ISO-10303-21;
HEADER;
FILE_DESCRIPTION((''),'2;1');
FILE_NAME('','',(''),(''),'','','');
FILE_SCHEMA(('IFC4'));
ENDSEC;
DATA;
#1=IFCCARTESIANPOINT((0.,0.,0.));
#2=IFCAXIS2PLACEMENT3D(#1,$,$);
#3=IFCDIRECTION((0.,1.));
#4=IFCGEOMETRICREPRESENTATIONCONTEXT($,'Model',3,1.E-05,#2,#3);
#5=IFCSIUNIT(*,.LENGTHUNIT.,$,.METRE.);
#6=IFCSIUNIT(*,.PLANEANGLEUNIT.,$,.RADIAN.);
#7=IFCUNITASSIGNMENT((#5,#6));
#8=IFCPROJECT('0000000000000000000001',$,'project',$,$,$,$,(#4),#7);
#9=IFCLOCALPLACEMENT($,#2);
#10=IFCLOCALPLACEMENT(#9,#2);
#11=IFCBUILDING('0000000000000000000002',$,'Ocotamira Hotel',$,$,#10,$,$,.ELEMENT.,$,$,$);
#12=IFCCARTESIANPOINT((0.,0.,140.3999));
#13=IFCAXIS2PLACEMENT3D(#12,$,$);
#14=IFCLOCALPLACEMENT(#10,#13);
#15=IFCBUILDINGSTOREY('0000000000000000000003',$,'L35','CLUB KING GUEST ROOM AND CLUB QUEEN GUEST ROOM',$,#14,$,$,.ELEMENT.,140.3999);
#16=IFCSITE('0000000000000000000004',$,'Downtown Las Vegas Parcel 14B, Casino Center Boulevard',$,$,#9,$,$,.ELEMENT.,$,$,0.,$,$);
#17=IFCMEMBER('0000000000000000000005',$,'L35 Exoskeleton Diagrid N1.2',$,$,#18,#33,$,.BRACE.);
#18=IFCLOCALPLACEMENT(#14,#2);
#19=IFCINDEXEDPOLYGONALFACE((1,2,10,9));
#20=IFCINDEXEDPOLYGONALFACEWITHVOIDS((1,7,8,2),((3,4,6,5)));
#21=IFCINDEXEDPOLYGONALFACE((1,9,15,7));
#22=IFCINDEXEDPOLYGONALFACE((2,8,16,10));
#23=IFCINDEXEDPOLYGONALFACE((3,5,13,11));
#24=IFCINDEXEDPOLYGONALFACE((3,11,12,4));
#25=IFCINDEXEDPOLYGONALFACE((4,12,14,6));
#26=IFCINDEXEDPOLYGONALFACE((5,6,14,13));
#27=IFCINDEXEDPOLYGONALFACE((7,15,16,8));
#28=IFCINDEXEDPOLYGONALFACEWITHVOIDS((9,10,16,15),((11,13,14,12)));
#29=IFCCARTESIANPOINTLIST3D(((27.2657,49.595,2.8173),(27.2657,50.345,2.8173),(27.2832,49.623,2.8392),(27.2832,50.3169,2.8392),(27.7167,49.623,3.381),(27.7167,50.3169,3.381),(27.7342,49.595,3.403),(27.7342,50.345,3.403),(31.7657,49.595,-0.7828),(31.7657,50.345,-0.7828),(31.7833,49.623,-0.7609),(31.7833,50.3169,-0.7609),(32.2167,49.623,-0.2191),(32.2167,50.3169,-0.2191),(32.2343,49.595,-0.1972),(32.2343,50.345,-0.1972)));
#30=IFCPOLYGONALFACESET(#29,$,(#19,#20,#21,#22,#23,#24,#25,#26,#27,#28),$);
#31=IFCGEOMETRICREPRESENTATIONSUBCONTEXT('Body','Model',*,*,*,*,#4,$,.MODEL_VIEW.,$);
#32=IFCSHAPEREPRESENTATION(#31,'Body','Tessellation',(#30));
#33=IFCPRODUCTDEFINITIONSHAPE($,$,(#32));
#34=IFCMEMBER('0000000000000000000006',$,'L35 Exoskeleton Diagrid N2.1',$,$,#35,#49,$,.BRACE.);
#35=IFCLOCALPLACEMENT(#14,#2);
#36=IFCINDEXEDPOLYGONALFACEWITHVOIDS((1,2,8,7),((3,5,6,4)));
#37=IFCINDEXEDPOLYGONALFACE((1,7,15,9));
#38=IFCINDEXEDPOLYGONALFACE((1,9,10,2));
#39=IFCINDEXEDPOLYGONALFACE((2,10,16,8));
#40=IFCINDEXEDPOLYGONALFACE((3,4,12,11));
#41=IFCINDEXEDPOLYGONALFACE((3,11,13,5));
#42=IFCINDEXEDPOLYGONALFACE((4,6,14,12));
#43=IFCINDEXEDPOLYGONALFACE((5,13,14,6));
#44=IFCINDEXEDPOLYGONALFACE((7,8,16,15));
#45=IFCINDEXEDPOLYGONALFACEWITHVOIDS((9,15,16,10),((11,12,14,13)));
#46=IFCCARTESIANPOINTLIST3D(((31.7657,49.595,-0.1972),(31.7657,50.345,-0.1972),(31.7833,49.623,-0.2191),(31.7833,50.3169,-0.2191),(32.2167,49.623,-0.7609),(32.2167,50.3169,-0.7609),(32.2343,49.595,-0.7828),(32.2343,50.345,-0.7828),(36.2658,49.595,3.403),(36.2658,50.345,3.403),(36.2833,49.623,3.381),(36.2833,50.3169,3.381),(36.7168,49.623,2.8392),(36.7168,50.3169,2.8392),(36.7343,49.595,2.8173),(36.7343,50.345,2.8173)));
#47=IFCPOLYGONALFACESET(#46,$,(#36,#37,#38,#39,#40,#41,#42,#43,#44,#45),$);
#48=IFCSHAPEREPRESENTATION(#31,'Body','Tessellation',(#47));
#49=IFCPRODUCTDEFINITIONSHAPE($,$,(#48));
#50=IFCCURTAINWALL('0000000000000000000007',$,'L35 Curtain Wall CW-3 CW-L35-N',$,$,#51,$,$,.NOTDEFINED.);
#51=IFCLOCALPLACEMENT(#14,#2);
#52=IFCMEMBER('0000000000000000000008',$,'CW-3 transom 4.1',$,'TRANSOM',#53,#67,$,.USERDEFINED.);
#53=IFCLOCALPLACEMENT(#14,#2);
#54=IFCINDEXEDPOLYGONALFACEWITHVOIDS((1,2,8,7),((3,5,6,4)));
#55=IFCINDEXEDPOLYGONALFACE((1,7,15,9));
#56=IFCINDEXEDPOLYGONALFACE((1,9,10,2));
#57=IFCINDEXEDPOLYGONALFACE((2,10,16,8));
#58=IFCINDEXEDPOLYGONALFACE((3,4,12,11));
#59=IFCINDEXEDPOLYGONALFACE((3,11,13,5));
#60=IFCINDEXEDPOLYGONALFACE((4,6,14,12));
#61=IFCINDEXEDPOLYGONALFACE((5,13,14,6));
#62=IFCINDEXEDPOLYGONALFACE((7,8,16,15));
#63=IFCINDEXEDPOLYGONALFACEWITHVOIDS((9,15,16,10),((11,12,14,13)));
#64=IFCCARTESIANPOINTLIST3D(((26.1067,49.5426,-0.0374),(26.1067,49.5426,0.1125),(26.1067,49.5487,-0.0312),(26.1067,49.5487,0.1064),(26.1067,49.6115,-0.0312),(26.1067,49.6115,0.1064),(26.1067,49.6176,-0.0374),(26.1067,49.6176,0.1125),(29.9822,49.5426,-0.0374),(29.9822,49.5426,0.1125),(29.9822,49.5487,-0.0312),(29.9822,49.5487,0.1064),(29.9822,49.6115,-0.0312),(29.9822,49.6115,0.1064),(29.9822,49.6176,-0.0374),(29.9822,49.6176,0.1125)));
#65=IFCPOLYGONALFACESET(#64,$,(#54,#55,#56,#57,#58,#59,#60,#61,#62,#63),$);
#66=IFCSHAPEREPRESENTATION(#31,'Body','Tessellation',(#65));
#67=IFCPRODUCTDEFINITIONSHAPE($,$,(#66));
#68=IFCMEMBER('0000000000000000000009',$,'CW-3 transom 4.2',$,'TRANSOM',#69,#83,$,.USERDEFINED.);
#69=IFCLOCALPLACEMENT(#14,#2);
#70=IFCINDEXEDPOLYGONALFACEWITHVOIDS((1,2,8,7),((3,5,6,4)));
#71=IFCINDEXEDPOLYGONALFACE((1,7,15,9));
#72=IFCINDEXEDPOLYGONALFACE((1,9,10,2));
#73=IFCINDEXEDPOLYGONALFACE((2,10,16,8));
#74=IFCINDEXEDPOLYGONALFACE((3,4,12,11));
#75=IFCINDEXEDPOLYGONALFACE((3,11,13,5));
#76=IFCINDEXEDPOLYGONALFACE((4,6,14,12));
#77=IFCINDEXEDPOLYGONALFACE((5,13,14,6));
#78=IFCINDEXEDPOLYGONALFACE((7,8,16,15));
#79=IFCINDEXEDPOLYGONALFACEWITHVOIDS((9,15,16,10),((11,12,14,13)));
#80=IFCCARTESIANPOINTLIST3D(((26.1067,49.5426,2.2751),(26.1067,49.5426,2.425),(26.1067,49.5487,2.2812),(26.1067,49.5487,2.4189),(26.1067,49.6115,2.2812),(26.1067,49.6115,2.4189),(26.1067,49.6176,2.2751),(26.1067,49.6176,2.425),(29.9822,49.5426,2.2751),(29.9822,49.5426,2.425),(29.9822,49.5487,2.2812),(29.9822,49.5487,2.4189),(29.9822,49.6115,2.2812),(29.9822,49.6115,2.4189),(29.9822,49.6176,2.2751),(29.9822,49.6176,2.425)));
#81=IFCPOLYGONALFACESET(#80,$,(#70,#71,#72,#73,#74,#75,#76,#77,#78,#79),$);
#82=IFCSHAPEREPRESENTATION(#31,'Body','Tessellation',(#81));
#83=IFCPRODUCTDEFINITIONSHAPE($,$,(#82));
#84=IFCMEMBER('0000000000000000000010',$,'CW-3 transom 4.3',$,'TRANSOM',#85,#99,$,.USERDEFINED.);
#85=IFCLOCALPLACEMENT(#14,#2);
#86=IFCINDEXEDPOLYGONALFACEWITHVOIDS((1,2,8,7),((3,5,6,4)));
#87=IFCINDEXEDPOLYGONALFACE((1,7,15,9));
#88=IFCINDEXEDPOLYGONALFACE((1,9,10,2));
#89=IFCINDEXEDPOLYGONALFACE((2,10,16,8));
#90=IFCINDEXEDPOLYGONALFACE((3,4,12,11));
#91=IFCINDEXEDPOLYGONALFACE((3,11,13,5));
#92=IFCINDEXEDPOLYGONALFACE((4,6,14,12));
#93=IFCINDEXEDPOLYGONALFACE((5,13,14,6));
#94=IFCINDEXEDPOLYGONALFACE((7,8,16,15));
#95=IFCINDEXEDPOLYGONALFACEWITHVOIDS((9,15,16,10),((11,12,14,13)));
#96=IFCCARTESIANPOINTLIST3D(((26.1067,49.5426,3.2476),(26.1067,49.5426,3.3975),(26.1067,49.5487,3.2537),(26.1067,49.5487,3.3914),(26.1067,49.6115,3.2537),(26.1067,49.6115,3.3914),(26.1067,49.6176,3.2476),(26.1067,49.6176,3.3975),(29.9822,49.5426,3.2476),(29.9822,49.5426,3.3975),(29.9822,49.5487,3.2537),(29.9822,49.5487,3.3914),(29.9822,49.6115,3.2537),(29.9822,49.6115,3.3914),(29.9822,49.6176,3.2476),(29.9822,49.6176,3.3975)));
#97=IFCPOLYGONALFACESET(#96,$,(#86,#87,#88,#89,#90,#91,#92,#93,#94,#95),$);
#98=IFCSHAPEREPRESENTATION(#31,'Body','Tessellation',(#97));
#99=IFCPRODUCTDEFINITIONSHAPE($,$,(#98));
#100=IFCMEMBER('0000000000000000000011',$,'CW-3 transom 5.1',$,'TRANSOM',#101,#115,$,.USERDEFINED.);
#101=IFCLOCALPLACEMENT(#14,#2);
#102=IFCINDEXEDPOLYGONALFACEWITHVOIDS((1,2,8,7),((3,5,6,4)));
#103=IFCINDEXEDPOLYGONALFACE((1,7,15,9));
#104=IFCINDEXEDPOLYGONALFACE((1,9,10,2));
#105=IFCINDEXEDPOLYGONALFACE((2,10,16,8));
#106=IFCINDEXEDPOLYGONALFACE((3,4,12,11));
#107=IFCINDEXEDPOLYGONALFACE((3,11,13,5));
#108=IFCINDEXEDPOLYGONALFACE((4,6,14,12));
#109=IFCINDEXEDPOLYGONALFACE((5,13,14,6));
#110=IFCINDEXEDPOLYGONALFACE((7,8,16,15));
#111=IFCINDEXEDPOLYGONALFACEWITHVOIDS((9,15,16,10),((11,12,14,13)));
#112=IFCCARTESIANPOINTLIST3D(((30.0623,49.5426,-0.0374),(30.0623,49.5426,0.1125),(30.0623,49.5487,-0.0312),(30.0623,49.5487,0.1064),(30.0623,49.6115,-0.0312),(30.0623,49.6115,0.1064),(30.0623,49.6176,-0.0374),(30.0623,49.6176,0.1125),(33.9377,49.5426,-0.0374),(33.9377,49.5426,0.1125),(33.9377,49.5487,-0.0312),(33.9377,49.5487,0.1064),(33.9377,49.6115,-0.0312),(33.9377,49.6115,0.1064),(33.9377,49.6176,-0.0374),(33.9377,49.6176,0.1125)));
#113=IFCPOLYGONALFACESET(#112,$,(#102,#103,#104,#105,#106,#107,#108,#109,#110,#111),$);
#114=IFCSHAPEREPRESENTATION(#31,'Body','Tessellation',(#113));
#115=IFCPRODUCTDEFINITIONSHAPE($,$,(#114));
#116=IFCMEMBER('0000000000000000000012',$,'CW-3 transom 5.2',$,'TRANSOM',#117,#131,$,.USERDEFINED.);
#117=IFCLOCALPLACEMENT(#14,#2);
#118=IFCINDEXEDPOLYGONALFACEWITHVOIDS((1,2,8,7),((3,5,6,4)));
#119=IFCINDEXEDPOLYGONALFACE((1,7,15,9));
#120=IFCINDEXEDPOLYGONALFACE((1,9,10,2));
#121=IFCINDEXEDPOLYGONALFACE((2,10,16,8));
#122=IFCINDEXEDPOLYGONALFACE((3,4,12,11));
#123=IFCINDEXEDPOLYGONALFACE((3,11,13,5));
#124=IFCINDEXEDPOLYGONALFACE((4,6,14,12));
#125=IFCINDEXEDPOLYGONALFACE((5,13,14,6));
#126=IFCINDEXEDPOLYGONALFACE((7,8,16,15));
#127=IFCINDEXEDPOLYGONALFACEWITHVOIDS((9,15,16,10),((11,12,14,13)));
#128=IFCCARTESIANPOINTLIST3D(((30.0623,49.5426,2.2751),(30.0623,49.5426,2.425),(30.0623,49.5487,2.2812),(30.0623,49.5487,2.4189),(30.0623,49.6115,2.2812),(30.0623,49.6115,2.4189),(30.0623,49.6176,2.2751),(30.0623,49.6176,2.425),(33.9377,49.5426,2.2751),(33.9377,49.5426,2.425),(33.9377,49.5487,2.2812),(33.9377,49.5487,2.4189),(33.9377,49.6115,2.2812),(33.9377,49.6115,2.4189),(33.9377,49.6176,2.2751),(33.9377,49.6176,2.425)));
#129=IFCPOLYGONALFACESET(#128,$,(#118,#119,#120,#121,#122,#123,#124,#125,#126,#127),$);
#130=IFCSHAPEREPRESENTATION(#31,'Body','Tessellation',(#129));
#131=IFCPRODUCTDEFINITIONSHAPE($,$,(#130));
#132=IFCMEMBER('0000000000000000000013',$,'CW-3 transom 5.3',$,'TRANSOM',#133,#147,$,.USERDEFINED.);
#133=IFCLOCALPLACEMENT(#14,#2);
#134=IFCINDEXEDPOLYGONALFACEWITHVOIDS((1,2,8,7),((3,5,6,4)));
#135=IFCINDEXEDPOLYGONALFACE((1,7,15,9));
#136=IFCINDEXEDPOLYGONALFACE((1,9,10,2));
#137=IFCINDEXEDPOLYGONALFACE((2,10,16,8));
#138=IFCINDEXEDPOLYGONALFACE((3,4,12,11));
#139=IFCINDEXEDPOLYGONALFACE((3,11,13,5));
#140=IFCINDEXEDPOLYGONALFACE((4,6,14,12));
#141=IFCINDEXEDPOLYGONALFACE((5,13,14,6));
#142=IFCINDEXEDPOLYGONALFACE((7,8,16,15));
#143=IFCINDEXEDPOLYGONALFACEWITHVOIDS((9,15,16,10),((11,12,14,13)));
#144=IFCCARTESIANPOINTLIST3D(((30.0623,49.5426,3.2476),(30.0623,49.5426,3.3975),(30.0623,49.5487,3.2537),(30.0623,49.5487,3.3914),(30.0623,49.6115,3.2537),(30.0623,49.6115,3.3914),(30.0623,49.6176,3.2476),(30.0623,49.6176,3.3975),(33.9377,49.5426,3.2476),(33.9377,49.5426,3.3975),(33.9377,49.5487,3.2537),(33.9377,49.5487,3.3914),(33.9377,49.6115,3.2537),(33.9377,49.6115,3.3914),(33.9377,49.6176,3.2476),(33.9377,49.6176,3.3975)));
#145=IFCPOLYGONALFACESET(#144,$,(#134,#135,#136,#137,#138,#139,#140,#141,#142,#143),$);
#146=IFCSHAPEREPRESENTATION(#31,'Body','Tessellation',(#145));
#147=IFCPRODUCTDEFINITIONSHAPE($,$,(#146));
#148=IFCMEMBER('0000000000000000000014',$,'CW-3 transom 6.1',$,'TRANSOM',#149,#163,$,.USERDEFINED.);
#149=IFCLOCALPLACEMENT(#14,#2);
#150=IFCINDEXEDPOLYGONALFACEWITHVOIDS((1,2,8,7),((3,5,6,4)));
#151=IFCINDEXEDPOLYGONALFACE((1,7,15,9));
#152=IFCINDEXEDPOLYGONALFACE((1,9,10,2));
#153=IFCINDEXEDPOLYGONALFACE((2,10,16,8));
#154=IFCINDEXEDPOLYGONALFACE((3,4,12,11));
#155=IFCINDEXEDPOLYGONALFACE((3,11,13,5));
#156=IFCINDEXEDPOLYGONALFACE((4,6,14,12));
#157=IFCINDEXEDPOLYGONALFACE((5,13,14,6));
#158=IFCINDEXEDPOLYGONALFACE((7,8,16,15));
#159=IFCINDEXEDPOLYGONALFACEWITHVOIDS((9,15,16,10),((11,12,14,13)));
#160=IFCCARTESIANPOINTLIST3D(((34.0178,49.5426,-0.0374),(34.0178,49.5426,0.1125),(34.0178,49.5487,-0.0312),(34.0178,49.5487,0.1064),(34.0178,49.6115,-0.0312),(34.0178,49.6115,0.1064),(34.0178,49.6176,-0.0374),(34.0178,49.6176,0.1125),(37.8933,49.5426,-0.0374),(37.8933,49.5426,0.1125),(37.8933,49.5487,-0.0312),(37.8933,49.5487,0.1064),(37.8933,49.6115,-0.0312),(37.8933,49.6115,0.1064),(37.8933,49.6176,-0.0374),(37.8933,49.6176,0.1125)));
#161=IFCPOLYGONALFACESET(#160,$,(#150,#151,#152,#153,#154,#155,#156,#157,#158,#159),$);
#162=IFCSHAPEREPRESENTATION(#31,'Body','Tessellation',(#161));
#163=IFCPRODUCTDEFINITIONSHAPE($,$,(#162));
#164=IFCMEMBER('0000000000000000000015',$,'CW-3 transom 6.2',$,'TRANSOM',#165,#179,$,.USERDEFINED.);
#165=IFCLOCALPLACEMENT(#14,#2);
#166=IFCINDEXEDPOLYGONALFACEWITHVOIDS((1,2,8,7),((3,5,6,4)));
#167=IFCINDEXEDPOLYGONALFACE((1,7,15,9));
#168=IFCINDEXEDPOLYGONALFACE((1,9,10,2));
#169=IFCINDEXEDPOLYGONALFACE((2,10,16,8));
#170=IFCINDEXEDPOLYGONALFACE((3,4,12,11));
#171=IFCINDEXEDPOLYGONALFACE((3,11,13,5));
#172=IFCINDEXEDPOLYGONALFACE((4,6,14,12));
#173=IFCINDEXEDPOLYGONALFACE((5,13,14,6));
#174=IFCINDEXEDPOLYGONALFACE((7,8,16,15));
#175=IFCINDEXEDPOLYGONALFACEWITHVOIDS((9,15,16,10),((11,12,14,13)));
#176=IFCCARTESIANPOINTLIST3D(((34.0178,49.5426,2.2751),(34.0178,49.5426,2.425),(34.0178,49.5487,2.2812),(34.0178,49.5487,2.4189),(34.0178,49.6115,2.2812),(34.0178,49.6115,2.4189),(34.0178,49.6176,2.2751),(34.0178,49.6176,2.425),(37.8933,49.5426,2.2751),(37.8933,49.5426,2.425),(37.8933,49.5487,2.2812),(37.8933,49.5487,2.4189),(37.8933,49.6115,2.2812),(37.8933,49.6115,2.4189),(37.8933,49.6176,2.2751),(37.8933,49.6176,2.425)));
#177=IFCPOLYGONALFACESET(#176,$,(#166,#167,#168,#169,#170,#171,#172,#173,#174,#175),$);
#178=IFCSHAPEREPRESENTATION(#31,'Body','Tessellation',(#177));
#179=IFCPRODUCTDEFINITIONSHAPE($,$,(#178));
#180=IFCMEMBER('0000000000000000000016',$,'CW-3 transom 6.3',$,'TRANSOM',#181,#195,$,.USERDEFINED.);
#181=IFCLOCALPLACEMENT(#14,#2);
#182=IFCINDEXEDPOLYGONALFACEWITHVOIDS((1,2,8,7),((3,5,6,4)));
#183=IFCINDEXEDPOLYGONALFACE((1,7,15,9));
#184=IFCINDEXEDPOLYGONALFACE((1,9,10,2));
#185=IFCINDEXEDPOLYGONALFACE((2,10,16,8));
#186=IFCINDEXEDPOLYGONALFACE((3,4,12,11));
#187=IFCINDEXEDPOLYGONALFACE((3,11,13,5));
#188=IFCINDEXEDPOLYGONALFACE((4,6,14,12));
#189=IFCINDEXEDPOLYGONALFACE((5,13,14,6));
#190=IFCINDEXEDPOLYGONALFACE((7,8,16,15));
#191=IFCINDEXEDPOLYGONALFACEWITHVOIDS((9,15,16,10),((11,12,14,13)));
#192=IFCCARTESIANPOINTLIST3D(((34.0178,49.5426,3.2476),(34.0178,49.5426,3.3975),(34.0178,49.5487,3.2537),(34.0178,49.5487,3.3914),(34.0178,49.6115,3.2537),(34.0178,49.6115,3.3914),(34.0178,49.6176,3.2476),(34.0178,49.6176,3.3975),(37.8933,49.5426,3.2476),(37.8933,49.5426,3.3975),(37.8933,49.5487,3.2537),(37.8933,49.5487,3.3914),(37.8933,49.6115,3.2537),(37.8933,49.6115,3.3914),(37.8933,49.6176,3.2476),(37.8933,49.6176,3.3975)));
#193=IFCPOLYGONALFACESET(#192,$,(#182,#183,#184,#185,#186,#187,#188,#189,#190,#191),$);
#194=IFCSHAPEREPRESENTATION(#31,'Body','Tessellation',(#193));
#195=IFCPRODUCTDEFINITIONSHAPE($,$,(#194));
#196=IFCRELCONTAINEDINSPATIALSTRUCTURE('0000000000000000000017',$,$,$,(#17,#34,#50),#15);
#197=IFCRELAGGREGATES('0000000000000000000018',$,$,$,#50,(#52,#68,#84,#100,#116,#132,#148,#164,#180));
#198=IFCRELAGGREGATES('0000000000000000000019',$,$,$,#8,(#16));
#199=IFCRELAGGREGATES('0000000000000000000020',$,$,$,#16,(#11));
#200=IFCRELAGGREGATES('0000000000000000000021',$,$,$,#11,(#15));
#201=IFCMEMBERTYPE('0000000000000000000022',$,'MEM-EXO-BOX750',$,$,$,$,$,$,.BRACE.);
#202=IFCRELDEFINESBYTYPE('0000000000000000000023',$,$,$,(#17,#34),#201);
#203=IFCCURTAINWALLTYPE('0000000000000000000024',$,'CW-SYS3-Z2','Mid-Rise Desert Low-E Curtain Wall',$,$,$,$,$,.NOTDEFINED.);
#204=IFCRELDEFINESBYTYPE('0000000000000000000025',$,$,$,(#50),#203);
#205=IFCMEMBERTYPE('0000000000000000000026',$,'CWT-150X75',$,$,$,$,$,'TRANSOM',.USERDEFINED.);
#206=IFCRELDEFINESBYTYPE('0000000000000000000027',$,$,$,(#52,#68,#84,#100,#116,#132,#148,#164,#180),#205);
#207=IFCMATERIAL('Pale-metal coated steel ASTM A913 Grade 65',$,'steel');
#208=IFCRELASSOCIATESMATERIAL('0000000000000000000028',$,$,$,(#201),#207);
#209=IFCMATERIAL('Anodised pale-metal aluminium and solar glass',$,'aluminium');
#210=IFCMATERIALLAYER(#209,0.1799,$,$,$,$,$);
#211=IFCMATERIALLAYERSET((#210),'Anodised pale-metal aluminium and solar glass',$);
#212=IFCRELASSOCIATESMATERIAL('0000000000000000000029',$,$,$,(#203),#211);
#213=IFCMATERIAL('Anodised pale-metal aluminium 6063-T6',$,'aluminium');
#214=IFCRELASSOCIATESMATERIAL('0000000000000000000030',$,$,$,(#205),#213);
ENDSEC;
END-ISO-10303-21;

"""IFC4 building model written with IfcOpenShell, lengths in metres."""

from ifc_helpers import new_model, si_unit, direction, frame, origin, origin_2d, place, context, subcontext, project, spatial, hollow_rectangle, extrude, source, transform, mapped, material, layer, layer_set, material_profile, profile_set, type_object, element, aggregate, save


model = new_model("IFC4")

# Units and contexts
model_context = context("Model", 3, precision=1e-05, world=origin(), true_north=direction((0.0, 1.0)))
body_context = subcontext(model_context, "Body", "Model", "MODEL_VIEW")
ifc_project = project(units=[si_unit("LENGTHUNIT", "METRE"), si_unit("PLANEANGLEUNIT", "RADIAN")], contexts=[model_context])

# Site, building, storey
site_placement = place(None, origin())
site = spatial("IfcSite", under=ifc_project, at=site_placement, Name="Downtown Las Vegas Parcel 14B, Casino Center Boulevard", CompositionType="ELEMENT", RefElevation=0.0)
building_placement = place(site_placement, origin())
building = spatial("IfcBuilding", under=site, at=building_placement, Name="Ocotamira Hotel", CompositionType="ELEMENT")
storey_placement = place(building_placement, frame((0.0, 0.0, 140.3999)))
storey = spatial("IfcBuildingStorey", under=building, at=storey_placement, Name="L35", Description="CLUB KING GUEST ROOM AND CLUB QUEEN GUEST ROOM", CompositionType="ELEMENT", Elevation=140.3999)

# Members
ifc_material_1 = material(Name="Pale-metal coated steel ASTM A913 Grade 65", Category="steel")
ifc_material_profile_1 = material_profile(ifc_material_1, hollow_rectangle(XDim=0.75, YDim=0.75, WallThickness=0.0281, at=origin_2d()), Name="BOX750X750X28")
ifc_profile_set_1 = profile_set([ifc_material_profile_1], Name="Pale-metal coated steel ASTM A913 Grade 65")
member_type_1 = type_object("IfcMemberType", Name="MEM-EXO-BOX750", PredefinedType="BRACE", material=ifc_profile_set_1)
shared_shape_1 = source(origin(), body_context, "Body", "SweptSolid", [
    extrude(hollow_rectangle(XDim=0.75, YDim=0.75, WallThickness=0.0281, at=origin_2d()), origin(), (0.0, 0.0, 1.0), 5.7629),
])
for number, where, z_axis, x_axis, name in (
    (1, (32.0, 49.97, -0.49), (-0.780861, 0.0, 0.624705), (0.0, -1.0, 0.0), "L35 Exoskeleton Diagrid N1.2"),
    (2, (32.0, 49.97, -0.49), (0.780861, 0.0, 0.624705), (0.0, 1.0, 0.0), "L35 Exoskeleton Diagrid N2.1"),
):
    element("IfcMember", number, at=place(storey_placement, frame(where, z_axis=z_axis, x_axis=x_axis)), inside=storey, type_object=member_type_1, Name=name, PredefinedType="BRACE", context=body_context, shape_type="MappedRepresentation", body=[
        mapped(shared_shape_1, transform((0.0, 0.0, 0.0), scale=1.0)),
    ])

# Curtain wall, members
ifc_material_2 = material(Name="Anodised pale-metal aluminium and solar glass", Category="aluminium")
ifc_layer_1 = layer(ifc_material_2, 0.1799)
ifc_layer_set_1 = layer_set([ifc_layer_1], Name="Anodised pale-metal aluminium and solar glass")
curtain_wall_type = type_object("IfcCurtainWallType", Name="CW-SYS3-Z2", Description="Mid-Rise Desert Low-E Curtain Wall", PredefinedType="NOTDEFINED", material=ifc_layer_set_1)
curtain_wall_placement = place(storey_placement, origin())
curtain_wall = element("IfcCurtainWall", 3, at=curtain_wall_placement, inside=storey, type_object=curtain_wall_type, Name="L35 Curtain Wall CW-3 CW-L35-N", PredefinedType="NOTDEFINED")
ifc_material_3 = material(Name="Anodised pale-metal aluminium 6063-T6", Category="aluminium")
ifc_material_profile_2 = material_profile(ifc_material_3, hollow_rectangle(XDim=0.075, YDim=0.1499, WallThickness=0.0061, at=origin_2d()), Name="HSS150X75X6")
ifc_profile_set_2 = profile_set([ifc_material_profile_2], Name="Anodised pale-metal aluminium 6063-T6")
member_type_2 = type_object("IfcMemberType", Name="CWT-150X75", ElementType="TRANSOM", PredefinedType="USERDEFINED", material=ifc_profile_set_2)
shared_shape_2 = source(origin(), body_context, "Body", "SweptSolid", [
    extrude(hollow_rectangle(XDim=0.075, YDim=0.1499, WallThickness=0.0061, at=origin_2d()), origin(), (0.0, 0.0, 1.0), 3.8755),
])
member_1_placement = place(storey_placement, frame((26.1067, 49.5801, 0.0376), z_axis=(1.0, 0.0, 0.0), x_axis=(0.0, 1.0, 0.0)))
member_1 = element("IfcMember", 4, at=member_1_placement, type_object=member_type_2, Name="CW-3 transom 4.1", ObjectType="TRANSOM", PredefinedType="USERDEFINED", context=body_context, shape_type="MappedRepresentation", body=[
    mapped(shared_shape_2, transform((0.0, 0.0, 0.0), scale=1.0)),
])
member_2_placement = place(storey_placement, frame((26.1067, 49.5801, 2.3501), z_axis=(1.0, 0.0, 0.0), x_axis=(0.0, 1.0, 0.0)))
member_2 = element("IfcMember", 5, at=member_2_placement, type_object=member_type_2, Name="CW-3 transom 4.2", ObjectType="TRANSOM", PredefinedType="USERDEFINED", context=body_context, shape_type="MappedRepresentation", body=[
    mapped(shared_shape_2, transform((0.0, 0.0, 0.0), scale=1.0)),
])
member_3_placement = place(storey_placement, frame((26.1067, 49.5801, 3.3225), z_axis=(1.0, 0.0, 0.0), x_axis=(0.0, 1.0, 0.0)))
member_3 = element("IfcMember", 6, at=member_3_placement, type_object=member_type_2, Name="CW-3 transom 4.3", ObjectType="TRANSOM", PredefinedType="USERDEFINED", context=body_context, shape_type="MappedRepresentation", body=[
    mapped(shared_shape_2, transform((0.0, 0.0, 0.0), scale=1.0)),
])
member_4_placement = place(storey_placement, frame((30.0623, 49.5801, 0.0376), z_axis=(1.0, 0.0, 0.0), x_axis=(0.0, 1.0, 0.0)))
member_4 = element("IfcMember", 7, at=member_4_placement, type_object=member_type_2, Name="CW-3 transom 5.1", ObjectType="TRANSOM", PredefinedType="USERDEFINED", context=body_context, shape_type="MappedRepresentation", body=[
    mapped(shared_shape_2, transform((0.0, 0.0, 0.0), scale=1.0)),
])
member_5_placement = place(storey_placement, frame((30.0623, 49.5801, 2.3501), z_axis=(1.0, 0.0, 0.0), x_axis=(0.0, 1.0, 0.0)))
member_5 = element("IfcMember", 8, at=member_5_placement, type_object=member_type_2, Name="CW-3 transom 5.2", ObjectType="TRANSOM", PredefinedType="USERDEFINED", context=body_context, shape_type="MappedRepresentation", body=[
    mapped(shared_shape_2, transform((0.0, 0.0, 0.0), scale=1.0)),
])
member_6_placement = place(storey_placement, frame((30.0623, 49.5801, 3.3225), z_axis=(1.0, 0.0, 0.0), x_axis=(0.0, 1.0, 0.0)))
member_6 = element("IfcMember", 9, at=member_6_placement, type_object=member_type_2, Name="CW-3 transom 5.3", ObjectType="TRANSOM", PredefinedType="USERDEFINED", context=body_context, shape_type="MappedRepresentation", body=[
    mapped(shared_shape_2, transform((0.0, 0.0, 0.0), scale=1.0)),
])
member_7_placement = place(storey_placement, frame((34.0178, 49.5801, 0.0376), z_axis=(1.0, 0.0, 0.0), x_axis=(0.0, 1.0, 0.0)))
member_7 = element("IfcMember", 10, at=member_7_placement, type_object=member_type_2, Name="CW-3 transom 6.1", ObjectType="TRANSOM", PredefinedType="USERDEFINED", context=body_context, shape_type="MappedRepresentation", body=[
    mapped(shared_shape_2, transform((0.0, 0.0, 0.0), scale=1.0)),
])
member_8_placement = place(storey_placement, frame((34.0178, 49.5801, 2.3501), z_axis=(1.0, 0.0, 0.0), x_axis=(0.0, 1.0, 0.0)))
member_8 = element("IfcMember", 11, at=member_8_placement, type_object=member_type_2, Name="CW-3 transom 6.2", ObjectType="TRANSOM", PredefinedType="USERDEFINED", context=body_context, shape_type="MappedRepresentation", body=[
    mapped(shared_shape_2, transform((0.0, 0.0, 0.0), scale=1.0)),
])
member_9_placement = place(storey_placement, frame((34.0178, 49.5801, 3.3225), z_axis=(1.0, 0.0, 0.0), x_axis=(0.0, 1.0, 0.0)))
member_9 = element("IfcMember", 12, at=member_9_placement, type_object=member_type_2, Name="CW-3 transom 6.3", ObjectType="TRANSOM", PredefinedType="USERDEFINED", context=body_context, shape_type="MappedRepresentation", body=[
    mapped(shared_shape_2, transform((0.0, 0.0, 0.0), scale=1.0)),
])

aggregate(curtain_wall, [member_1, member_2, member_3, member_4, member_5, member_6, member_7, member_8, member_9])

save(model, "model.ifc")
